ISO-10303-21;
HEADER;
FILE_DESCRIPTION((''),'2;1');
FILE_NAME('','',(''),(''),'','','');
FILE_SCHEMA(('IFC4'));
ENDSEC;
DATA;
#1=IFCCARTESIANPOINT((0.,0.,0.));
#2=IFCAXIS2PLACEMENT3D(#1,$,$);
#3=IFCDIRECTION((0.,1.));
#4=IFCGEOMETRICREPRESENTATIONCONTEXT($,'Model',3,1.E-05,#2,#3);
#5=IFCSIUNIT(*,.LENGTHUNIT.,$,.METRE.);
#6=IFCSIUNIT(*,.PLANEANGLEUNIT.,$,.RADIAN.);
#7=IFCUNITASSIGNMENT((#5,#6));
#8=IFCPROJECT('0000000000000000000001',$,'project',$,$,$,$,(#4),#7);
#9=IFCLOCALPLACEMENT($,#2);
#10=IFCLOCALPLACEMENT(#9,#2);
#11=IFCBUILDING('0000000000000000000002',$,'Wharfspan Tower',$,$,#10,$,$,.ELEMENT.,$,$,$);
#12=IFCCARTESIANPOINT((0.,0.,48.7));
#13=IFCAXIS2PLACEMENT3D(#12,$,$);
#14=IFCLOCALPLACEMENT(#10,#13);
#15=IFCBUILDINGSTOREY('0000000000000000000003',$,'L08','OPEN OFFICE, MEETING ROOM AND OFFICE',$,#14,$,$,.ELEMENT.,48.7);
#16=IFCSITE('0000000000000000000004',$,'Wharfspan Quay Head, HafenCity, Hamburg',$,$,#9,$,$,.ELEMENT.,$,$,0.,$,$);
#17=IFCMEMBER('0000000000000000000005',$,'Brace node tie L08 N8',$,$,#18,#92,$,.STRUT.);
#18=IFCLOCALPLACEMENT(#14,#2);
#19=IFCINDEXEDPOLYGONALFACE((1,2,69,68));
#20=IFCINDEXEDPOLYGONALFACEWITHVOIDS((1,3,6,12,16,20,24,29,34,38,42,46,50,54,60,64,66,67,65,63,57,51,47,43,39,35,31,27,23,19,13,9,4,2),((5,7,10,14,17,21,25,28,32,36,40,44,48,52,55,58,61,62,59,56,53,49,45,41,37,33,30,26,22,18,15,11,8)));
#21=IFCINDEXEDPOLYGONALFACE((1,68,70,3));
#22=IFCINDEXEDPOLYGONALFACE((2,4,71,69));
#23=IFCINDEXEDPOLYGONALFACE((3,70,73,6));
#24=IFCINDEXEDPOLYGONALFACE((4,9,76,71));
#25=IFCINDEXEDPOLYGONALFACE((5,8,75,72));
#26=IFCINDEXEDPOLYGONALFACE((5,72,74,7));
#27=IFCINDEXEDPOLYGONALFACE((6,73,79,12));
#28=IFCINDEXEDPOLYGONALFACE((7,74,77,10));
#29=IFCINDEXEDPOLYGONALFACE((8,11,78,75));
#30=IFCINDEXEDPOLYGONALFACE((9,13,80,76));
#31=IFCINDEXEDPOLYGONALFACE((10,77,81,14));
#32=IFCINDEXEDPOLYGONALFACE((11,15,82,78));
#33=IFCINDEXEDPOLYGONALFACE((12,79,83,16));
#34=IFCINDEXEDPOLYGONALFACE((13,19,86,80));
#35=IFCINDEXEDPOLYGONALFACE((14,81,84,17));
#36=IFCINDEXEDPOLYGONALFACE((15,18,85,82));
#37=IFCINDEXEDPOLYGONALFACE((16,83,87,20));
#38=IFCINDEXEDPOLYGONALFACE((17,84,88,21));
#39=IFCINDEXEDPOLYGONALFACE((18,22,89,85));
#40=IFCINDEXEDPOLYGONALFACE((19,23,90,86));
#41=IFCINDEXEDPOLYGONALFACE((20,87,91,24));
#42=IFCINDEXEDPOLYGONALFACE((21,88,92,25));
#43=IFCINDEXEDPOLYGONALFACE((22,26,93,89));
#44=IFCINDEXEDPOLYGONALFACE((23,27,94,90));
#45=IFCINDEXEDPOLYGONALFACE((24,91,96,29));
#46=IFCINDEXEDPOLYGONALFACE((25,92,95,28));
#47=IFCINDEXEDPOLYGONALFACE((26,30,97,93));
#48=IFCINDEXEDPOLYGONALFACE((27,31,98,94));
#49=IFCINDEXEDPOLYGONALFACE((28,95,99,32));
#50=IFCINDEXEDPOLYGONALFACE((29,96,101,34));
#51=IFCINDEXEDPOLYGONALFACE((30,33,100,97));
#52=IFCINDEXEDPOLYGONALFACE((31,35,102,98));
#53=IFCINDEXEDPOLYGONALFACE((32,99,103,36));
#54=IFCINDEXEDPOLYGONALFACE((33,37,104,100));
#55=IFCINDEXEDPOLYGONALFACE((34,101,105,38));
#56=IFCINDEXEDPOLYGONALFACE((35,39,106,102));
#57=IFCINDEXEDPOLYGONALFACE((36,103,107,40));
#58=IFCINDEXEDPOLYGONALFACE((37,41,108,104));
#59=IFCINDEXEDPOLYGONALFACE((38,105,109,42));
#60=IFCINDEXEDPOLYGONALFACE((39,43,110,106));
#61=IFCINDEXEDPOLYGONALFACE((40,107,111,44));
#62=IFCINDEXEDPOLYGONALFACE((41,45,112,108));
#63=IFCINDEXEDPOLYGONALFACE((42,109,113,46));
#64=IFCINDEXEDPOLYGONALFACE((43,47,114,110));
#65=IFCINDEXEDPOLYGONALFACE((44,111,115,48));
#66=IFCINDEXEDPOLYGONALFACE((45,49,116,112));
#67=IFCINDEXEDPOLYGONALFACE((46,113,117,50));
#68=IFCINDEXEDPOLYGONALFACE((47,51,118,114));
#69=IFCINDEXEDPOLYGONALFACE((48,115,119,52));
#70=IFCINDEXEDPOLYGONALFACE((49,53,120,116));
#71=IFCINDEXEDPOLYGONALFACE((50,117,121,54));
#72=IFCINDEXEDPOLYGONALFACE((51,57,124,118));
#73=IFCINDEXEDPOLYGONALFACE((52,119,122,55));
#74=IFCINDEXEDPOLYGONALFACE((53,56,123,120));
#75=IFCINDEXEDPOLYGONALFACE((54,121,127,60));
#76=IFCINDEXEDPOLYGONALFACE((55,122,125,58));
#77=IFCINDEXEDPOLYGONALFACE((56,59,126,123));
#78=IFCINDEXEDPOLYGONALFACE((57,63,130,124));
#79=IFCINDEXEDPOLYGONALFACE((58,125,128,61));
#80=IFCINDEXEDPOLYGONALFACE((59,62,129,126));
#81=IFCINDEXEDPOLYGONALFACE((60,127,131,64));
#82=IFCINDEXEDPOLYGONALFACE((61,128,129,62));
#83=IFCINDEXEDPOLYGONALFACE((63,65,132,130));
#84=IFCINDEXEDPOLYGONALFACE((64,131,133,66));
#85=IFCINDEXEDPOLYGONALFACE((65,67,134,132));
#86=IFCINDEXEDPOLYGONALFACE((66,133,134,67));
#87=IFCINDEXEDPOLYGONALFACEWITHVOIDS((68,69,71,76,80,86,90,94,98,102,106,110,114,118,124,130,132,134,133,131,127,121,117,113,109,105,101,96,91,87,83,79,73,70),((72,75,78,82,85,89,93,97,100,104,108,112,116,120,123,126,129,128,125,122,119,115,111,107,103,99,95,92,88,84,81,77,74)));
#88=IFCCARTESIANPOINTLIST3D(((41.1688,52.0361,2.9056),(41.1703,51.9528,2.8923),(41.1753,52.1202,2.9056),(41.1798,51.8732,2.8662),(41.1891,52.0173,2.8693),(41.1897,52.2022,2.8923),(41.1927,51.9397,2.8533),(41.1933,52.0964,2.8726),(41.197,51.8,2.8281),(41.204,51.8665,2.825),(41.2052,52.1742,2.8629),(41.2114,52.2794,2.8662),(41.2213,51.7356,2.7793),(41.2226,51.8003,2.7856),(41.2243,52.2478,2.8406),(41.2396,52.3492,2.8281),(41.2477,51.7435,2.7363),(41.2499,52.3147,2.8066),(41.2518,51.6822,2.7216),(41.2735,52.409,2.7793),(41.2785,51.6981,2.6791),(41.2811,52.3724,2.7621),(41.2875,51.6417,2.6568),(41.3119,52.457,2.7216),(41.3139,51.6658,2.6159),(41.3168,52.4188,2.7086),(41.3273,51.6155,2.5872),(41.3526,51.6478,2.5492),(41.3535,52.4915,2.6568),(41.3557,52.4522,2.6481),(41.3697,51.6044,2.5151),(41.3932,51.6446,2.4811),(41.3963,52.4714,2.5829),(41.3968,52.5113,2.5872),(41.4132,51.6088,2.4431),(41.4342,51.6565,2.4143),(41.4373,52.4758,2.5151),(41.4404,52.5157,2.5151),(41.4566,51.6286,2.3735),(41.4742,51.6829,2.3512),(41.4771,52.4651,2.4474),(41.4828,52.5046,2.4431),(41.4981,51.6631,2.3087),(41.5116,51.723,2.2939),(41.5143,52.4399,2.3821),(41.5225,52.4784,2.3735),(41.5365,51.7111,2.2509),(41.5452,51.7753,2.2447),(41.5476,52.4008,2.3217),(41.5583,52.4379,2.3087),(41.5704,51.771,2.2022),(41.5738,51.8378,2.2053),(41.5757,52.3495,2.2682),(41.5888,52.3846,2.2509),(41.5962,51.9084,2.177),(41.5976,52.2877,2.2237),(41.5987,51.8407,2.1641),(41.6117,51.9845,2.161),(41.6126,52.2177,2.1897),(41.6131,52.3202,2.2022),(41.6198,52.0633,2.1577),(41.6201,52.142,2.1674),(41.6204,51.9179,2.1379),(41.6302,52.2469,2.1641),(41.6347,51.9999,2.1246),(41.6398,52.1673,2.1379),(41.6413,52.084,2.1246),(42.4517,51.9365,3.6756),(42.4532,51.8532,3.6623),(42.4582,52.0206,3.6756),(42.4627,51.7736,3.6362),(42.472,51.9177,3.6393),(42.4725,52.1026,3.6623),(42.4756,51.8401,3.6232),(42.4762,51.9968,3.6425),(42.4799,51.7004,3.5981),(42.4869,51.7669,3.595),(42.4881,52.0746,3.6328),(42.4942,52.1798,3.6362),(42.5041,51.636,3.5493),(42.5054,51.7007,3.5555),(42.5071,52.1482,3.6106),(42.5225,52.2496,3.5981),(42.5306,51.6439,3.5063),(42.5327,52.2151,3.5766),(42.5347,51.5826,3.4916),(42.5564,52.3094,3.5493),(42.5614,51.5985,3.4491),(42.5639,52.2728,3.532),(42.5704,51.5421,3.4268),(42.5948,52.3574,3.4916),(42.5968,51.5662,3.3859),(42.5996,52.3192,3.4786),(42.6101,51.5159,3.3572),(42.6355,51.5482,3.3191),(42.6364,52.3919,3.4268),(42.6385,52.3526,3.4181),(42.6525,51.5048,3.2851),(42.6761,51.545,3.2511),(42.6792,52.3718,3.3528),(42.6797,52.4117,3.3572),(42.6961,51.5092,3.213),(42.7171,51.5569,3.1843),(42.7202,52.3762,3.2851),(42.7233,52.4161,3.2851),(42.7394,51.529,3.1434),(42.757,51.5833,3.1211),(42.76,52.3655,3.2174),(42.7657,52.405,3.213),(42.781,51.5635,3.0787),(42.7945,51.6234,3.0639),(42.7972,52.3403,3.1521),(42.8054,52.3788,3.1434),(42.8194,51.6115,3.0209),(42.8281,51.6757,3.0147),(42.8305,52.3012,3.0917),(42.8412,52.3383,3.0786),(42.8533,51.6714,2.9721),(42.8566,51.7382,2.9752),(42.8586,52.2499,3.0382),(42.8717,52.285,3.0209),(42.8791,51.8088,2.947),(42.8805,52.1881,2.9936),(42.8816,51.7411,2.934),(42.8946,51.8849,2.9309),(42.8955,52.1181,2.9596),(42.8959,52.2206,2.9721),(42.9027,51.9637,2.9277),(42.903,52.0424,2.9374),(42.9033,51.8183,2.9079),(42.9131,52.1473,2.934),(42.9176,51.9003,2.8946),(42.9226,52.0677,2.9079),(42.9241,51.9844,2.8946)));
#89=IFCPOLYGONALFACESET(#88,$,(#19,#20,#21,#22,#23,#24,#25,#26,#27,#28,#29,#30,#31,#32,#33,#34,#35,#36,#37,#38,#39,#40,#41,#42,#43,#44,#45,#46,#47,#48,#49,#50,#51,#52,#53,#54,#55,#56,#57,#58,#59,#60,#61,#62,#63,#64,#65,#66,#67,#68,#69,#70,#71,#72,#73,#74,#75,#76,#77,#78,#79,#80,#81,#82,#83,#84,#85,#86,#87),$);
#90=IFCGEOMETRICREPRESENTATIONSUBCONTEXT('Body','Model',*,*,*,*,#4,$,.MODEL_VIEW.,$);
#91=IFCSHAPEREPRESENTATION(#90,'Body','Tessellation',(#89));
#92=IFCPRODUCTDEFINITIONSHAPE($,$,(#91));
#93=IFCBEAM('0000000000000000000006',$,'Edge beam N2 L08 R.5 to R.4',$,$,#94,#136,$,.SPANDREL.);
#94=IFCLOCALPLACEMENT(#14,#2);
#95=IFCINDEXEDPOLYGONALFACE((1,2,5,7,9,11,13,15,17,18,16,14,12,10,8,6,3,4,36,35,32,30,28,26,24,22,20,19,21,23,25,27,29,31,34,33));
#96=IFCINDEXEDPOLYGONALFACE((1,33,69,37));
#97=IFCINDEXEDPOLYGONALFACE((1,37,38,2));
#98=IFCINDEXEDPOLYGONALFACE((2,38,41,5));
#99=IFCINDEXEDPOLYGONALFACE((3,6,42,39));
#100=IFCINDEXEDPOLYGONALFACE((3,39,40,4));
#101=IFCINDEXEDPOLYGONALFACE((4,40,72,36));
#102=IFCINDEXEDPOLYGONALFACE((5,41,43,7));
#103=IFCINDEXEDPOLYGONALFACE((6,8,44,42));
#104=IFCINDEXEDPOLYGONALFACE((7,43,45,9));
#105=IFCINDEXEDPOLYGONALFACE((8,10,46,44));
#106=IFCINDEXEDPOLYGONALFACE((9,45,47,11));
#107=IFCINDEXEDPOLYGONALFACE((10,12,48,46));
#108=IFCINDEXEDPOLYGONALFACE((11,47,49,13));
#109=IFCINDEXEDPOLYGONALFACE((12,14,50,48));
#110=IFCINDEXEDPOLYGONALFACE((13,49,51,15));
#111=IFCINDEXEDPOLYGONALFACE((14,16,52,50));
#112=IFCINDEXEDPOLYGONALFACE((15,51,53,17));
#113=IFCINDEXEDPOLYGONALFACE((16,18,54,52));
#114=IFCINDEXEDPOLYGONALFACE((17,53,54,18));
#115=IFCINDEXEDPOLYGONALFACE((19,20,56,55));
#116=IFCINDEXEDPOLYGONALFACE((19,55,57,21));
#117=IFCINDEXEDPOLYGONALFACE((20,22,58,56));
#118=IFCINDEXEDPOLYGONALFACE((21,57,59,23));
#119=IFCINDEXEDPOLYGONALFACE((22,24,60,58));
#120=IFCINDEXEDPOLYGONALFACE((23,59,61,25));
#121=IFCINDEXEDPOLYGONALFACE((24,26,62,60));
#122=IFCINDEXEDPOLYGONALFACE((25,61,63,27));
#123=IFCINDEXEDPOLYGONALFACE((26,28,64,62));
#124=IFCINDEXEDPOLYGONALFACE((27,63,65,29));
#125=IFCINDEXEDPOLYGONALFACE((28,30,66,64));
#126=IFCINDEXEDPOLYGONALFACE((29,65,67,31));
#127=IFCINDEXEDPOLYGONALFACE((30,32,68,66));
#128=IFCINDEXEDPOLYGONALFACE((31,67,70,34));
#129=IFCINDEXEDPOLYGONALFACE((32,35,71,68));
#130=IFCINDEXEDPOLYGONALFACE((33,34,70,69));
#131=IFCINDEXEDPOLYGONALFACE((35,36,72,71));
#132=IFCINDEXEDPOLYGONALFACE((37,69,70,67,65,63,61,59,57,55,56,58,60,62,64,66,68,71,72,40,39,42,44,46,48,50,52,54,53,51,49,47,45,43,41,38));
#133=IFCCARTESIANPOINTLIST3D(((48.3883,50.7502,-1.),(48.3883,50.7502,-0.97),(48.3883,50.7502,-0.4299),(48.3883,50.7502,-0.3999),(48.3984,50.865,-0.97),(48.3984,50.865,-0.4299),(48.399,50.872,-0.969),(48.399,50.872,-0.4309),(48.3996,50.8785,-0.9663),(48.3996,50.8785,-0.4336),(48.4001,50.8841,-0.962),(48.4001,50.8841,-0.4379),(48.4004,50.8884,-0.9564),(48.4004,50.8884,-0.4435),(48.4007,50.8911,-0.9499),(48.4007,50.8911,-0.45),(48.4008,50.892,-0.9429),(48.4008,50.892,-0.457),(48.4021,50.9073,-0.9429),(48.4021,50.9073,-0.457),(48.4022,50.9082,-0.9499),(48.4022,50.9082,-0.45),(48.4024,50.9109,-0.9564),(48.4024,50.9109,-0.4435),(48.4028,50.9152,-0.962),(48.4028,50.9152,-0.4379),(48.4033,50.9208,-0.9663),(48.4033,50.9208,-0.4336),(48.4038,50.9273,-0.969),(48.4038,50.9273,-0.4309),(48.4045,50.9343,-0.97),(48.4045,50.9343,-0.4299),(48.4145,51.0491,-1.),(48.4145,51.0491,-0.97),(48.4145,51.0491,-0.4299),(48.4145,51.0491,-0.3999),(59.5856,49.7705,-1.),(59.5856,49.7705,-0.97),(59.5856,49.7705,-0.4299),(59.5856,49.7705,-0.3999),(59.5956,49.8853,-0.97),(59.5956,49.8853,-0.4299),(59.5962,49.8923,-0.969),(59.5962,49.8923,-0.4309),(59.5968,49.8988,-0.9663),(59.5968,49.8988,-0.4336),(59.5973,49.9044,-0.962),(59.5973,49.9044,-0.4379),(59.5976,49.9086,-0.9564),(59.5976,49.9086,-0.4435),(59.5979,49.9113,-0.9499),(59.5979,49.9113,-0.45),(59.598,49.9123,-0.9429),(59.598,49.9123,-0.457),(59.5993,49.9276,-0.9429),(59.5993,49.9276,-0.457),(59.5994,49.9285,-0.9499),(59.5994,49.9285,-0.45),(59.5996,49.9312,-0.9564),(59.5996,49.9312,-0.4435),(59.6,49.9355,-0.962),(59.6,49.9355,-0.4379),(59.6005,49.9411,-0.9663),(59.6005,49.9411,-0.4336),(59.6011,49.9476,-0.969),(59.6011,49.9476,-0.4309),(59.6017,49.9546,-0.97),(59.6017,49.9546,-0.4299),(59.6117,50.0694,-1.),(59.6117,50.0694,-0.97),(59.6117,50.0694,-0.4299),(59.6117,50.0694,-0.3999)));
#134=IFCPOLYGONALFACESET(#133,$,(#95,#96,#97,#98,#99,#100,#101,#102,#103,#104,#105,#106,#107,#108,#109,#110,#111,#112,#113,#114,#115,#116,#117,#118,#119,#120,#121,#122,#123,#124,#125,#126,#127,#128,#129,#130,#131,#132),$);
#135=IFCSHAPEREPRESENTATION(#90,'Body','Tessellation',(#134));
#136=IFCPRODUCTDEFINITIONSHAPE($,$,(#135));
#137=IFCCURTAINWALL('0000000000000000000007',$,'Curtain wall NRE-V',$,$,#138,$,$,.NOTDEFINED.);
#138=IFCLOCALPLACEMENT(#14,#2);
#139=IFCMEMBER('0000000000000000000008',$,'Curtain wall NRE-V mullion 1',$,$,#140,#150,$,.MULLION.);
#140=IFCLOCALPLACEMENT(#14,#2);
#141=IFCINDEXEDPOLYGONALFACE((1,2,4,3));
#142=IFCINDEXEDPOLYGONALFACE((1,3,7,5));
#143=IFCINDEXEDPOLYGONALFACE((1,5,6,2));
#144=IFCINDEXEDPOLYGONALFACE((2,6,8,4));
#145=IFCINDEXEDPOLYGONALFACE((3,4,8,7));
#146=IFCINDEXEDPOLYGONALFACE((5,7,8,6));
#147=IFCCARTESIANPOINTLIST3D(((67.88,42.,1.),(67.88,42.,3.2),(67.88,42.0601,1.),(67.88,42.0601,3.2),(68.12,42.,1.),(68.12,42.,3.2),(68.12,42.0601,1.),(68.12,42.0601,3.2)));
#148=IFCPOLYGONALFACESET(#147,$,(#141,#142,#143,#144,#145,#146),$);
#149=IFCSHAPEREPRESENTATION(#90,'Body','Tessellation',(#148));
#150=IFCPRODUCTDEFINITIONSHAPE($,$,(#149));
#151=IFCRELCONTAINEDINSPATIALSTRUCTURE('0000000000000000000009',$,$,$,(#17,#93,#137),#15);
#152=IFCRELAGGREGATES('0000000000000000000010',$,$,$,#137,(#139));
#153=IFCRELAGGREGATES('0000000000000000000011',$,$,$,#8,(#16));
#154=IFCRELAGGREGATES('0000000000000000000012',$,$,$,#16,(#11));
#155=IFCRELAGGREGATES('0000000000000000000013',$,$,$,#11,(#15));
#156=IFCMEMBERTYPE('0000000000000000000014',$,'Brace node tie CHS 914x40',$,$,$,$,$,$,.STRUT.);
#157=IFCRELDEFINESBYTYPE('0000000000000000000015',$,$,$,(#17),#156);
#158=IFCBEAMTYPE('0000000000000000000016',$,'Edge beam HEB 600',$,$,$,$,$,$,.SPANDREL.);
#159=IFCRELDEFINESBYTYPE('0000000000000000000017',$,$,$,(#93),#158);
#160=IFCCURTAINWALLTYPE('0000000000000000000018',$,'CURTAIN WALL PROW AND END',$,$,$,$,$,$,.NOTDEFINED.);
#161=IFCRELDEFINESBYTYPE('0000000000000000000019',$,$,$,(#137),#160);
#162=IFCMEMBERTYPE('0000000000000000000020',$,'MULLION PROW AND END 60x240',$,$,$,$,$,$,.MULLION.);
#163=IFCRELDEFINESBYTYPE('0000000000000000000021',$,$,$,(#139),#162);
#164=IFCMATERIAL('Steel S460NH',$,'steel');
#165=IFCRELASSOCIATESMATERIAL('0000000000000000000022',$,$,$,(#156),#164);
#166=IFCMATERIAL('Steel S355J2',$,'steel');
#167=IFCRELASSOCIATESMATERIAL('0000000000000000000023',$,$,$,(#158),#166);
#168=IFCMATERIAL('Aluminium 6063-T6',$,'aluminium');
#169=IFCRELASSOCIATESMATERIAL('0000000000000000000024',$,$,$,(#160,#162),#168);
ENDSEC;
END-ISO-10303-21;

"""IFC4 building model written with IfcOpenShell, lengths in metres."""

from ifc_helpers import new_model, si_unit, direction, frame, origin, origin_2d, place, context, subcontext, project, spatial, rectangle, hollow_circle, i_section, extrude, material, material_profile, profile_set, type_object, element, aggregate, save


model = new_model("IFC4")

# Units and contexts
model_context = context("Model", 3, precision=1e-05, world=origin(), true_north=direction((0.0, 1.0)))
body_context = subcontext(model_context, "Body", "Model", "MODEL_VIEW")
ifc_project = project(units=[si_unit("LENGTHUNIT", "METRE"), si_unit("PLANEANGLEUNIT", "RADIAN")], contexts=[model_context])

# Site, building, storey
site_placement = place(None, origin())
site = spatial("IfcSite", under=ifc_project, at=site_placement, Name="Wharfspan Quay Head, HafenCity, Hamburg", CompositionType="ELEMENT", RefElevation=0.0)
building_placement = place(site_placement, origin())
building = spatial("IfcBuilding", under=site, at=building_placement, Name="Wharfspan Tower", CompositionType="ELEMENT")
storey_placement = place(building_placement, frame((0.0, 0.0, 48.7)))
storey = spatial("IfcBuildingStorey", under=building, at=storey_placement, Name="L08", Description="OPEN OFFICE, MEETING ROOM AND OFFICE", CompositionType="ELEMENT", Elevation=48.7)

# Shared definitions
ifc_material_1 = material(Name="Steel S355J2", Category="steel")

# Member
ifc_material_2 = material(Name="Steel S460NH", Category="steel")
ifc_material_profile_1 = material_profile(ifc_material_2, hollow_circle(Radius=0.457, WallThickness=0.04, at=origin_2d()))
ifc_profile_set_1 = profile_set([ifc_material_profile_1], Name="Steel S460NH")
member_type_1 = type_object("IfcMemberType", Name="Brace node tie CHS 914x40", PredefinedType="STRUT", material=ifc_profile_set_1)
member_1_placement = place(storey_placement, frame((41.405, 52.0601, 2.5151), z_axis=(0.855527, -0.066423, 0.513479), x_axis=(0.077408, 0.996998, -0.000002)))
element("IfcMember", 1, at=member_1_placement, inside=storey, type_object=member_type_1, Name="Brace node tie L08 N8", PredefinedType="STRUT", context=body_context, shape_type="SweptSolid", body=[
    extrude(hollow_circle(Radius=0.457, WallThickness=0.04, at=origin_2d()), origin(), (0.0, 0.0, 1.0), 1.4995),
])

# Beam
ifc_material_profile_2 = material_profile(ifc_material_1, i_section(OverallWidth=0.3, OverallDepth=0.6001, WebThickness=0.0154, FlangeThickness=0.03, FilletRadius=0.0271, at=origin_2d()))
ifc_profile_set_2 = profile_set([ifc_material_profile_2], Name="Steel S355J2")
beam_type = type_object("IfcBeamType", Name="Edge beam HEB 600", PredefinedType="SPANDREL", material=ifc_profile_set_2)
beam_placement = place(storey_placement, frame((59.5986, 49.9199, -0.7), z_axis=(-0.996194, 0.087165, 0.0), x_axis=(-0.087165, -0.996194, 0.0)))
element("IfcBeam", 2, at=beam_placement, inside=storey, type_object=beam_type, Name="Edge beam N2 L08 R.5 to R.4", PredefinedType="SPANDREL", context=body_context, shape_type="SweptSolid", body=[
    extrude(i_section(OverallWidth=0.3, OverallDepth=0.6001, WebThickness=0.0154, FlangeThickness=0.03, FilletRadius=0.0271, at=origin_2d()), origin(), (0.0, 0.0, 1.0), 11.24),
])

# Curtain wall, member
ifc_material_3 = material(Name="Aluminium 6063-T6", Category="aluminium")
curtain_wall_type = type_object("IfcCurtainWallType", Name="CURTAIN WALL PROW AND END", PredefinedType="NOTDEFINED", material=ifc_material_3)
curtain_wall_placement = place(storey_placement, origin())
curtain_wall = element("IfcCurtainWall", 3, at=curtain_wall_placement, inside=storey, type_object=curtain_wall_type, Name="Curtain wall NRE-V", PredefinedType="NOTDEFINED")
ifc_material_profile_3 = material_profile(ifc_material_3, rectangle(XDim=0.24, YDim=0.0601, at=origin_2d()))
ifc_profile_set_3 = profile_set([ifc_material_profile_3], Name="Aluminium 6063-T6")
member_type_2 = type_object("IfcMemberType", Name="MULLION PROW AND END 60x240", PredefinedType="MULLION", material=ifc_profile_set_3)
member_2_placement = place(storey_placement, frame((68.0, 42.03, 1.0), z_axis=(0.0, 0.0, 1.0), x_axis=(-1.0, 0.0, 0.0)))
member_2 = element("IfcMember", 4, at=member_2_placement, type_object=member_type_2, Name="Curtain wall NRE-V mullion 1", PredefinedType="MULLION", context=body_context, shape_type="SweptSolid", body=[
    extrude(rectangle(XDim=0.24, YDim=0.0601, at=origin_2d()), origin(), (0.0, 0.0, 1.0), 2.2),
])

aggregate(curtain_wall, [member_2])

save(model, "model.ifc")
